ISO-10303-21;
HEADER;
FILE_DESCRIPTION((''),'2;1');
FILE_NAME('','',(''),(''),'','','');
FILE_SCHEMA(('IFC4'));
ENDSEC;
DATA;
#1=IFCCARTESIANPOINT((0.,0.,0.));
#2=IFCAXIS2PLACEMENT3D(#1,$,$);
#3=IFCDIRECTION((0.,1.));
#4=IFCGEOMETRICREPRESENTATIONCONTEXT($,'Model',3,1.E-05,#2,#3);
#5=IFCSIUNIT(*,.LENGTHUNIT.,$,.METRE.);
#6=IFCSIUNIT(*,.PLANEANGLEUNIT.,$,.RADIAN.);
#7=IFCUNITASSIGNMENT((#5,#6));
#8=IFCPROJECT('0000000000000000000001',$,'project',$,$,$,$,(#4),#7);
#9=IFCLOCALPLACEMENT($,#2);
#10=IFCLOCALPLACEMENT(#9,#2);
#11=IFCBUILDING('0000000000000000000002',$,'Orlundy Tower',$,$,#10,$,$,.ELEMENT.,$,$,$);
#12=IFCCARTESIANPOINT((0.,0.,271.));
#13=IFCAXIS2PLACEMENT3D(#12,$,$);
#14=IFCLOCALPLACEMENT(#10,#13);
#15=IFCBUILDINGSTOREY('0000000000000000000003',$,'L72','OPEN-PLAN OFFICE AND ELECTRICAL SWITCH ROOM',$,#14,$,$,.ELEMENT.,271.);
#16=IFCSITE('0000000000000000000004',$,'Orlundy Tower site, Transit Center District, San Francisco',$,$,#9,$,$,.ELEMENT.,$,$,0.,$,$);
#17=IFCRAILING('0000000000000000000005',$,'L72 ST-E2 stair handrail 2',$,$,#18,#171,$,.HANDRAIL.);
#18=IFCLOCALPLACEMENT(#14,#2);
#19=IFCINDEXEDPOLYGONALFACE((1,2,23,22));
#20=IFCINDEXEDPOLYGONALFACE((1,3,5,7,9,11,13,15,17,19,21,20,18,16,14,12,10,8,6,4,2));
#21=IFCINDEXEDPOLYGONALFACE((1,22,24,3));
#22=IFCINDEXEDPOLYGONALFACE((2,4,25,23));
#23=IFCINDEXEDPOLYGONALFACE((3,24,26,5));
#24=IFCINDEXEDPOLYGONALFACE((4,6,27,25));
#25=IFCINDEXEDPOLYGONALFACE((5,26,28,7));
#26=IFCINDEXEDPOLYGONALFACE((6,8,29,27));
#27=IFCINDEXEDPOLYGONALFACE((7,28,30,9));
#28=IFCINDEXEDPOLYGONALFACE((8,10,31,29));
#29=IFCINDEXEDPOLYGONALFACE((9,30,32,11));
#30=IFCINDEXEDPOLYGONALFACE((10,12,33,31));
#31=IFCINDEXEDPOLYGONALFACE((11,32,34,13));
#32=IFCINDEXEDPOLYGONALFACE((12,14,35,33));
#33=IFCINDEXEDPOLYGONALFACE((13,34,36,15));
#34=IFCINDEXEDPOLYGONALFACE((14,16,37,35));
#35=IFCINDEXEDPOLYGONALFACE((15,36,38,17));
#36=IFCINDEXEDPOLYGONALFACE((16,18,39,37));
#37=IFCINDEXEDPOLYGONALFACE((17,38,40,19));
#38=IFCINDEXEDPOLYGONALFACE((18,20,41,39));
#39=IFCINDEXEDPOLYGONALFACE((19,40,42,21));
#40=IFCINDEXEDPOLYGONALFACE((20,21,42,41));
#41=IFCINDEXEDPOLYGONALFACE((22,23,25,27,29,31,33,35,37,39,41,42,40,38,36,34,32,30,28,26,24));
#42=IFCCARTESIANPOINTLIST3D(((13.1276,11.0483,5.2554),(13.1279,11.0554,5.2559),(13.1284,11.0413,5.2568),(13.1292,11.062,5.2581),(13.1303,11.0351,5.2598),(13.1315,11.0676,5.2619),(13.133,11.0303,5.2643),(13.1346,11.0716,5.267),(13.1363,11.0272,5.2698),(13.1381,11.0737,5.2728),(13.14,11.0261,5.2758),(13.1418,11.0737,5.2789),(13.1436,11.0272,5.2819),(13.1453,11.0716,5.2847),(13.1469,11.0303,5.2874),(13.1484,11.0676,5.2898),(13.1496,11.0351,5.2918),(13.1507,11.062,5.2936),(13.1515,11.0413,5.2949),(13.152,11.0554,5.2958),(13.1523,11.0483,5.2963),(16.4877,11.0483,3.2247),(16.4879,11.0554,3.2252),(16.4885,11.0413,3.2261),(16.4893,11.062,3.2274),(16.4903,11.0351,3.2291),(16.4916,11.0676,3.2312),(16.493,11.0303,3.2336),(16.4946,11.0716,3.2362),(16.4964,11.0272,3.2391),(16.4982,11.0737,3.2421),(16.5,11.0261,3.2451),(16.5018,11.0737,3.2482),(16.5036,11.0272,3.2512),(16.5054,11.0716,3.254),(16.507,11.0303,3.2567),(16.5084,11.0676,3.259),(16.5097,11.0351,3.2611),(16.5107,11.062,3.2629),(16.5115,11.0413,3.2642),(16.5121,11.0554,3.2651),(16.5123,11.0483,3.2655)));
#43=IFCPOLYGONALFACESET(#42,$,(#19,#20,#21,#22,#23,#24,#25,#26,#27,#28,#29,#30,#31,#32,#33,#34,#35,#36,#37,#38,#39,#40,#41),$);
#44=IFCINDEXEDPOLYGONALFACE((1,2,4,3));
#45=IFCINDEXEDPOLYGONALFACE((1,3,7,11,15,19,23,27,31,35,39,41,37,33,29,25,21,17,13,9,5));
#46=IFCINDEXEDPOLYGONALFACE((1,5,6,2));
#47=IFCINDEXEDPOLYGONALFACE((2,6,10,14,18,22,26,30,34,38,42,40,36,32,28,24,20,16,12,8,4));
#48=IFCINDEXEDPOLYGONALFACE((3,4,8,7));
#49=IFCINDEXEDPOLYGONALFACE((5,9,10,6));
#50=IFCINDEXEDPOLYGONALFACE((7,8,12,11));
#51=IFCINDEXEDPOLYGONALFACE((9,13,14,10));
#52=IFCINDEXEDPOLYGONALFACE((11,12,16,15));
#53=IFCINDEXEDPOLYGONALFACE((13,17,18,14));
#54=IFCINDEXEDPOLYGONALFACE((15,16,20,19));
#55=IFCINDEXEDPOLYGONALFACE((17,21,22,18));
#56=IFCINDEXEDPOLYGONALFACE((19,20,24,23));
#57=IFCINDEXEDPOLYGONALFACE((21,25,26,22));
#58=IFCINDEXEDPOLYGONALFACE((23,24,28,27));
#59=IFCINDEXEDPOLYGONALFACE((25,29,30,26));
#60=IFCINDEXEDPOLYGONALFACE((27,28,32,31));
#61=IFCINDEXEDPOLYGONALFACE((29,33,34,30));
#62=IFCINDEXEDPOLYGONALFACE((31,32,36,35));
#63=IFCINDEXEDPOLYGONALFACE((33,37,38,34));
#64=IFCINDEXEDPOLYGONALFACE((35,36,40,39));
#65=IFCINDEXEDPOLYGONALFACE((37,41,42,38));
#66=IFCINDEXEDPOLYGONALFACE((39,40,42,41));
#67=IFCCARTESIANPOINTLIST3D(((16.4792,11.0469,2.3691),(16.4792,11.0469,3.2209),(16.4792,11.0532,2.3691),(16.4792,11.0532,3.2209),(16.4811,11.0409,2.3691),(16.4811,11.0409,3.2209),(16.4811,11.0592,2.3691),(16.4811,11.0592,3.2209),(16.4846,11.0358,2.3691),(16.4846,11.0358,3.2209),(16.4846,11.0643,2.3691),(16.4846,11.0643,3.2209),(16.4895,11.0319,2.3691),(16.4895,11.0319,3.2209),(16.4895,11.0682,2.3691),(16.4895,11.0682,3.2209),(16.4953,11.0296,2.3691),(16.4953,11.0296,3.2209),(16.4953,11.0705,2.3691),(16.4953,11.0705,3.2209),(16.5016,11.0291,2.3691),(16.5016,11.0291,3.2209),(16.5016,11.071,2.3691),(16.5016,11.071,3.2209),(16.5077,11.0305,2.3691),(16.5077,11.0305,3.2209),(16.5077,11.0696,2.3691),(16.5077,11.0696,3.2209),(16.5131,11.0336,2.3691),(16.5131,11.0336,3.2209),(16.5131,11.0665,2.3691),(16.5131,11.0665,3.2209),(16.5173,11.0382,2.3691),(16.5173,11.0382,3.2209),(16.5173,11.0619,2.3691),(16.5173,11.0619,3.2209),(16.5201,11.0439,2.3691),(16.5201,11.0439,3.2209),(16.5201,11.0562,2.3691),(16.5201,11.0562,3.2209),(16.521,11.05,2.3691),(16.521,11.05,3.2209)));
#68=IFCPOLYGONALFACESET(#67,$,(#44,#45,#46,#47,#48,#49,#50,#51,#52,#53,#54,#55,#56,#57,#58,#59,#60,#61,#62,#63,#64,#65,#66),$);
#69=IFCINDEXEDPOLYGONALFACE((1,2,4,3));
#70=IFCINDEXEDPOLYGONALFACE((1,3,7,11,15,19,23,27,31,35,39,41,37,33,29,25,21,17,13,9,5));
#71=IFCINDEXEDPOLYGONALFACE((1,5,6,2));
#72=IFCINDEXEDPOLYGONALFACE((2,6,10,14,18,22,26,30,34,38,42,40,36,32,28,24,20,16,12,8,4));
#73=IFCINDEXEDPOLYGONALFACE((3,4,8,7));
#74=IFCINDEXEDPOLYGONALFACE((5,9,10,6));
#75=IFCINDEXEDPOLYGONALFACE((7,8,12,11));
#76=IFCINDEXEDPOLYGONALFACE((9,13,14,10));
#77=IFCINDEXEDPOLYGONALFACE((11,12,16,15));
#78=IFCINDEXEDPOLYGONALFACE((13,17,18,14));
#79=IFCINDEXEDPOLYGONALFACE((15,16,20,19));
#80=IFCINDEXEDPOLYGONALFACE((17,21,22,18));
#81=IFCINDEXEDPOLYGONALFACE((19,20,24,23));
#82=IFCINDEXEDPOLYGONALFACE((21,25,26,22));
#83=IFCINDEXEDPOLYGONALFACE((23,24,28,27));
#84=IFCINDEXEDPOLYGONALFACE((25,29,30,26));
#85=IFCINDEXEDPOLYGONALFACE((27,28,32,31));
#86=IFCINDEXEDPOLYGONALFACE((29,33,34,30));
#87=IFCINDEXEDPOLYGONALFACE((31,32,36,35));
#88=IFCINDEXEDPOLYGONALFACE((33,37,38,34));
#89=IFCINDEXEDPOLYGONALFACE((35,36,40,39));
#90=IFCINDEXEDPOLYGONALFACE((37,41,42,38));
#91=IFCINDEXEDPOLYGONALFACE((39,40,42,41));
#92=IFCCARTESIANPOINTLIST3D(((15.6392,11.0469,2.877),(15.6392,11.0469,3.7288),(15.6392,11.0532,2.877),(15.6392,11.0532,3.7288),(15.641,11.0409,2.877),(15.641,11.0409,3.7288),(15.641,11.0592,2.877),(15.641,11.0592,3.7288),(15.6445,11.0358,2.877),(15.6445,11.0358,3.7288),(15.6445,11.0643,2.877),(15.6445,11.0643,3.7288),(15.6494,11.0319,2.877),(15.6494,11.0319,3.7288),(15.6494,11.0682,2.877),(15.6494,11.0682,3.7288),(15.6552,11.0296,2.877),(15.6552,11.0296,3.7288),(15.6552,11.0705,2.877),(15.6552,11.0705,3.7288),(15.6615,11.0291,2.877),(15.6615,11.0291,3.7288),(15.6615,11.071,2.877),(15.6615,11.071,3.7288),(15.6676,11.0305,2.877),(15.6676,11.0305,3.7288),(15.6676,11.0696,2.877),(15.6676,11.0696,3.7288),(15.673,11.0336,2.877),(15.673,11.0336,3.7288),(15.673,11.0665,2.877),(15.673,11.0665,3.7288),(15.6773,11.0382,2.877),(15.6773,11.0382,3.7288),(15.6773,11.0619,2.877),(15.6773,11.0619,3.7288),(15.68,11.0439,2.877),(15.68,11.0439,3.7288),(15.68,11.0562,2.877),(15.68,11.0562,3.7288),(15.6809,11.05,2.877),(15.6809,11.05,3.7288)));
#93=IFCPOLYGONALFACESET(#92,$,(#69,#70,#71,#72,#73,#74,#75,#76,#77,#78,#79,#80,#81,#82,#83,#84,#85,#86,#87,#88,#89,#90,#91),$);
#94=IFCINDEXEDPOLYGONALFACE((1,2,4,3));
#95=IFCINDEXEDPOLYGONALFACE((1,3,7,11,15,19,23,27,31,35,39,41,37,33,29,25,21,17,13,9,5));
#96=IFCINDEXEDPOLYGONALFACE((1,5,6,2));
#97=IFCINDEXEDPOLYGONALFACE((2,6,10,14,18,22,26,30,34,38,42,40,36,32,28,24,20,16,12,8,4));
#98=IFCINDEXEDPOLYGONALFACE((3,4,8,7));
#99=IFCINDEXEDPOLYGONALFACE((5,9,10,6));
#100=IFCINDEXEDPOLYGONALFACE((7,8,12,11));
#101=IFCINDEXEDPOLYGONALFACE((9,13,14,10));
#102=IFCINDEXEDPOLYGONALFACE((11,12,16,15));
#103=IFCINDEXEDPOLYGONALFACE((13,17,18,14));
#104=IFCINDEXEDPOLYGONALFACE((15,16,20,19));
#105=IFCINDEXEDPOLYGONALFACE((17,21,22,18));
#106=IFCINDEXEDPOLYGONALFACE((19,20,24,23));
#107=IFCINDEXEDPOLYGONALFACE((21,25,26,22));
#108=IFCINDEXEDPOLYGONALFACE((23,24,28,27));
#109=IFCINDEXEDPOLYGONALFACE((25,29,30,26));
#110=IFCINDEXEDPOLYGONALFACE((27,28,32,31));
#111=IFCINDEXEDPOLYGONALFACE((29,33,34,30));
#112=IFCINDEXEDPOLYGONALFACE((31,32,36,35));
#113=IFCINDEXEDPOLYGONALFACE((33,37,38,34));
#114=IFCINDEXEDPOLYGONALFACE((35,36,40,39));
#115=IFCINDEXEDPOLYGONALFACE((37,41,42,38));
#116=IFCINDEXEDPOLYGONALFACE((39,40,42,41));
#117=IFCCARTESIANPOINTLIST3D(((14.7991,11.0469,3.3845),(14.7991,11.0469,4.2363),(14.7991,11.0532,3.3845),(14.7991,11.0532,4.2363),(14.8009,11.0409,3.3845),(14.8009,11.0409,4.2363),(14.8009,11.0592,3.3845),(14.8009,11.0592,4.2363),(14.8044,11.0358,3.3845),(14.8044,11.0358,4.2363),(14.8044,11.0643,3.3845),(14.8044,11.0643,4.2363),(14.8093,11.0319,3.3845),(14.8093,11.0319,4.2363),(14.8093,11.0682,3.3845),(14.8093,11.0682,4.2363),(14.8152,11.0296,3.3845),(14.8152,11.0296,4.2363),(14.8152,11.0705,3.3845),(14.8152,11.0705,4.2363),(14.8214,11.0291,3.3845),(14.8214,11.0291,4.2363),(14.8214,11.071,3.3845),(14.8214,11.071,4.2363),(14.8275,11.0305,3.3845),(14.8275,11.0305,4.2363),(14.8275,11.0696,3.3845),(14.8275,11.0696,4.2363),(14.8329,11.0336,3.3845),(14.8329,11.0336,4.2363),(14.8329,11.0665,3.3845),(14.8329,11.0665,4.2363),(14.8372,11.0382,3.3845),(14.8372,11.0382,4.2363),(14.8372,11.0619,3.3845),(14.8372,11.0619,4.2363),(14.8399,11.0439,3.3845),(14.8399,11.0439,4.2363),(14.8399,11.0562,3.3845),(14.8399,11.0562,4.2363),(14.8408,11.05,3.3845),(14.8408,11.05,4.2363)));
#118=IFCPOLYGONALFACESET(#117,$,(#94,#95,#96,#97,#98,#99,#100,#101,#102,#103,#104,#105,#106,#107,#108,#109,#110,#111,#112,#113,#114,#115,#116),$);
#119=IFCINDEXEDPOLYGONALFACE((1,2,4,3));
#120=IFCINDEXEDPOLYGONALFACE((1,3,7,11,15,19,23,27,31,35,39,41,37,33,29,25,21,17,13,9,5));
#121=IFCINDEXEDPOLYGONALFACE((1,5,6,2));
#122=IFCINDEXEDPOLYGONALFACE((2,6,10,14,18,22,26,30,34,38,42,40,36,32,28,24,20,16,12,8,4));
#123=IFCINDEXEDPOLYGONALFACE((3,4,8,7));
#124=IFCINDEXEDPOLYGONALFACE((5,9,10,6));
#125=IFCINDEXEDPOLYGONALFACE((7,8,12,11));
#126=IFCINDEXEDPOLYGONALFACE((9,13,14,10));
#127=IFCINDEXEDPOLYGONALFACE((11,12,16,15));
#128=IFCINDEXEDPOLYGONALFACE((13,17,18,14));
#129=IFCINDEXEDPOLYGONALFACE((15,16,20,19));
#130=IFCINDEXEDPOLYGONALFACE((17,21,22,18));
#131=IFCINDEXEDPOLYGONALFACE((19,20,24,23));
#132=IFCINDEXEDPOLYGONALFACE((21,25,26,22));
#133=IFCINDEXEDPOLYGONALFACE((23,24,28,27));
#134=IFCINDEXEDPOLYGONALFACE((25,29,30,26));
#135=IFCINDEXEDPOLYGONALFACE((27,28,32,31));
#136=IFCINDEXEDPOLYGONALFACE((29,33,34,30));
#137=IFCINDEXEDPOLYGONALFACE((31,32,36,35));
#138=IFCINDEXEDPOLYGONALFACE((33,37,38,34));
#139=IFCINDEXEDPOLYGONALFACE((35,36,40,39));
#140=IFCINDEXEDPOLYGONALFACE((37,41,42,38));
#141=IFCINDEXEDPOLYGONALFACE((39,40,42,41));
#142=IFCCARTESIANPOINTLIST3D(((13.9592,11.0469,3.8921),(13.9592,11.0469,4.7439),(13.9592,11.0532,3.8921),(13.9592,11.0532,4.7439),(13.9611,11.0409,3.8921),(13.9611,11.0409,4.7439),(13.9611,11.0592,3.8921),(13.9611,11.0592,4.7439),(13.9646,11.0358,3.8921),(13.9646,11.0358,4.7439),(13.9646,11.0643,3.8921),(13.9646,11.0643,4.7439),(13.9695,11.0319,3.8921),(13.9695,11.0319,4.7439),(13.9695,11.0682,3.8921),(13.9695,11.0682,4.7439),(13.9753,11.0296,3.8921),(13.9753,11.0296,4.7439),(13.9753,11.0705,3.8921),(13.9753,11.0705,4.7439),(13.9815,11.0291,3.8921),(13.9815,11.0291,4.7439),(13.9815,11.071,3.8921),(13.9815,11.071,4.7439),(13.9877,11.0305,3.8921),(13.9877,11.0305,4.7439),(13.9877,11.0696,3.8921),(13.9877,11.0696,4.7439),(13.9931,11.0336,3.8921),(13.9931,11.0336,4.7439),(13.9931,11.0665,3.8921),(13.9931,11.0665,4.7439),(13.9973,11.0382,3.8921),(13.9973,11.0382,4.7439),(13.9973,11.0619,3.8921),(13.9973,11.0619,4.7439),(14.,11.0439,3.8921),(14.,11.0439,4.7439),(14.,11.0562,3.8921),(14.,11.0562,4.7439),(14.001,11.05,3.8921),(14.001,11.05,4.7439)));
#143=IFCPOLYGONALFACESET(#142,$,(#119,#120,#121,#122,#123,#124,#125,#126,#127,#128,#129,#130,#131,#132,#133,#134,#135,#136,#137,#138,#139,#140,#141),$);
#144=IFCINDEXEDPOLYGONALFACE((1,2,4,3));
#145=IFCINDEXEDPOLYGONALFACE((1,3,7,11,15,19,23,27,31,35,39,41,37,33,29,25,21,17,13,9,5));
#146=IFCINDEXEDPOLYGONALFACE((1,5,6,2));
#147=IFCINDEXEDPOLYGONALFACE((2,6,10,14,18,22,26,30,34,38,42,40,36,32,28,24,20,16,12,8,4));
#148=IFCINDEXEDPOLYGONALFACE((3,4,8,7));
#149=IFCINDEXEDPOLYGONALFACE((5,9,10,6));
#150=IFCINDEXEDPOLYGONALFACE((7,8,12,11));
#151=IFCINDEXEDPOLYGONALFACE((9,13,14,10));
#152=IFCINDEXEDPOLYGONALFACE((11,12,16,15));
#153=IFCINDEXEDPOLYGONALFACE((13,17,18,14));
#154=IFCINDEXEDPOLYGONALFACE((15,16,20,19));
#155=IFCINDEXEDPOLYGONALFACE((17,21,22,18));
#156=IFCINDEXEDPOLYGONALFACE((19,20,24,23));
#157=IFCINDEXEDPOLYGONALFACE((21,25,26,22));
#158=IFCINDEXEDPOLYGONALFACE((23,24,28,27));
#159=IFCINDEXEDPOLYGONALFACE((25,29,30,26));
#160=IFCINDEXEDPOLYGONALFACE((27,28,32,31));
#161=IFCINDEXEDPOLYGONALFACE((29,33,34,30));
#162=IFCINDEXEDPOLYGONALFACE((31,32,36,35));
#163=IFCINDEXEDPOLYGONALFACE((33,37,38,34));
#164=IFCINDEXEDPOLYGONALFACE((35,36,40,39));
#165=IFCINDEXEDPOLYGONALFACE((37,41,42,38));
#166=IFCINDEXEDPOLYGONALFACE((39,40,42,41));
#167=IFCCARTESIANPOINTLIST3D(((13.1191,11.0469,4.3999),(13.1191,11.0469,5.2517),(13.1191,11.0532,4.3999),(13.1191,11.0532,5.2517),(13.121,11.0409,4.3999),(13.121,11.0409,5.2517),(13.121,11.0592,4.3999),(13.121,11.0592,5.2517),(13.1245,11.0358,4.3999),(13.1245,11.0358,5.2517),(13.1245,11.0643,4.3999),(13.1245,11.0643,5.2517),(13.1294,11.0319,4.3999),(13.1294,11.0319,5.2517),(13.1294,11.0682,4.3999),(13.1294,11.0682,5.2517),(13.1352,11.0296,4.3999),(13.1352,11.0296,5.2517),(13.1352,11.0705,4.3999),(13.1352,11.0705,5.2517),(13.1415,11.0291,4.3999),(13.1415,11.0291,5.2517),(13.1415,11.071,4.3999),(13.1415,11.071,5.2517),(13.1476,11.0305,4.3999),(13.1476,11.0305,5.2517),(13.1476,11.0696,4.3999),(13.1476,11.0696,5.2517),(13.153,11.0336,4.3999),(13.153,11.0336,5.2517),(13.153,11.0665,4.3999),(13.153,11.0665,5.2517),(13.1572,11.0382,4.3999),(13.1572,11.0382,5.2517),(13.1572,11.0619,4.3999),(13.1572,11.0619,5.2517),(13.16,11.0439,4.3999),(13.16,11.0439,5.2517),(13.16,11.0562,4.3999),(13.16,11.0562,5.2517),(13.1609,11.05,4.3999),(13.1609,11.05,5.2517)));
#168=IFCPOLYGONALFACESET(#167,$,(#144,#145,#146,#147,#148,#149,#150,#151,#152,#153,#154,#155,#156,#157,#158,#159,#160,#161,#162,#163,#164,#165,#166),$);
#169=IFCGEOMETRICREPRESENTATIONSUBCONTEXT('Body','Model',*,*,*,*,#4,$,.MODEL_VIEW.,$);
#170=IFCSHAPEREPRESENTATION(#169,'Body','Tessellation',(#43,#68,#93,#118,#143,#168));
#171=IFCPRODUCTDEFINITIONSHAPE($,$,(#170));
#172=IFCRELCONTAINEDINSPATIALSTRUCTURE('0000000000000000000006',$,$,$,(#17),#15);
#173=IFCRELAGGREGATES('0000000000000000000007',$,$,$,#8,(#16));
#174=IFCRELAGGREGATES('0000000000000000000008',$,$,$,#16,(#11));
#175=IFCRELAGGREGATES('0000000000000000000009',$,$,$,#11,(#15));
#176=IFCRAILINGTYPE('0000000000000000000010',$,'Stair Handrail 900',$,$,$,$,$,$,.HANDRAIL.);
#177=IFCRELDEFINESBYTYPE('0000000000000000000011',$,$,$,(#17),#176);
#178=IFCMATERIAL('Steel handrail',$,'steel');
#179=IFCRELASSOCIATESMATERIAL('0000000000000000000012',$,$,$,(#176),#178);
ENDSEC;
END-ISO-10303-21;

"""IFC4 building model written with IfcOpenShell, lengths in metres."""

from ifc_helpers import new_model, si_unit, direction, frame, origin, origin_2d, place, context, subcontext, project, spatial, circle, extrude, material, type_object, element, save


model = new_model("IFC4")

# Units and contexts
model_context = context("Model", 3, precision=1e-05, world=origin(), true_north=direction((0.0, 1.0)))
body_context = subcontext(model_context, "Body", "Model", "MODEL_VIEW")
ifc_project = project(units=[si_unit("LENGTHUNIT", "METRE"), si_unit("PLANEANGLEUNIT", "RADIAN")], contexts=[model_context])

# Site, building, storey
site_placement = place(None, origin())
site = spatial("IfcSite", under=ifc_project, at=site_placement, Name="Orlundy Tower site, Transit Center District, San Francisco", CompositionType="ELEMENT", RefElevation=0.0)
building_placement = place(site_placement, origin())
building = spatial("IfcBuilding", under=site, at=building_placement, Name="Orlundy Tower", CompositionType="ELEMENT")
storey_placement = place(building_placement, frame((0.0, 0.0, 271.0)))
storey = spatial("IfcBuildingStorey", under=building, at=storey_placement, Name="L72", Description="OPEN-PLAN OFFICE AND ELECTRICAL SWITCH ROOM", CompositionType="ELEMENT", Elevation=271.0)

# Railing
ifc_material_1 = material(Name="Steel handrail", Category="steel")
railing_type = type_object("IfcRailingType", Name="Stair Handrail 900", PredefinedType="HANDRAIL", material=ifc_material_1)
railing_placement = place(storey_placement, frame((16.5, 11.05, 2.3691)))
element("IfcRailing", 1, at=railing_placement, inside=storey, type_object=railing_type, Name="L72 ST-E2 stair handrail 2", PredefinedType="HANDRAIL", context=body_context, shape_type="SweptSolid", body=[
    extrude(circle(Radius=0.0239, at=origin_2d()), frame((0.0, 0.0, 0.876), z_axis=(-0.855837, 0.0, 0.517246), x_axis=(0.0, -1.0, 0.0)), (0.0, 0.0, 1.0), 3.926),
    extrude(circle(Radius=0.021, at=origin_2d()), origin(), (0.0, 0.0, 1.0), 0.8518),
    extrude(circle(Radius=0.021, at=origin_2d()), frame((-0.8401, 0.0, 0.5078)), (0.0, 0.0, 1.0), 0.8518),
    extrude(circle(Radius=0.021, at=origin_2d()), frame((-1.6802, 0.0, 1.0154)), (0.0, 0.0, 1.0), 0.8518),
    extrude(circle(Radius=0.021, at=origin_2d()), frame((-2.52, 0.0, 1.5229)), (0.0, 0.0, 1.0), 0.8518),
    extrude(circle(Radius=0.021, at=origin_2d()), frame((-3.3601, 0.0, 2.0308)), (0.0, 0.0, 1.0), 0.8518),
])

save(model, "model.ifc")
